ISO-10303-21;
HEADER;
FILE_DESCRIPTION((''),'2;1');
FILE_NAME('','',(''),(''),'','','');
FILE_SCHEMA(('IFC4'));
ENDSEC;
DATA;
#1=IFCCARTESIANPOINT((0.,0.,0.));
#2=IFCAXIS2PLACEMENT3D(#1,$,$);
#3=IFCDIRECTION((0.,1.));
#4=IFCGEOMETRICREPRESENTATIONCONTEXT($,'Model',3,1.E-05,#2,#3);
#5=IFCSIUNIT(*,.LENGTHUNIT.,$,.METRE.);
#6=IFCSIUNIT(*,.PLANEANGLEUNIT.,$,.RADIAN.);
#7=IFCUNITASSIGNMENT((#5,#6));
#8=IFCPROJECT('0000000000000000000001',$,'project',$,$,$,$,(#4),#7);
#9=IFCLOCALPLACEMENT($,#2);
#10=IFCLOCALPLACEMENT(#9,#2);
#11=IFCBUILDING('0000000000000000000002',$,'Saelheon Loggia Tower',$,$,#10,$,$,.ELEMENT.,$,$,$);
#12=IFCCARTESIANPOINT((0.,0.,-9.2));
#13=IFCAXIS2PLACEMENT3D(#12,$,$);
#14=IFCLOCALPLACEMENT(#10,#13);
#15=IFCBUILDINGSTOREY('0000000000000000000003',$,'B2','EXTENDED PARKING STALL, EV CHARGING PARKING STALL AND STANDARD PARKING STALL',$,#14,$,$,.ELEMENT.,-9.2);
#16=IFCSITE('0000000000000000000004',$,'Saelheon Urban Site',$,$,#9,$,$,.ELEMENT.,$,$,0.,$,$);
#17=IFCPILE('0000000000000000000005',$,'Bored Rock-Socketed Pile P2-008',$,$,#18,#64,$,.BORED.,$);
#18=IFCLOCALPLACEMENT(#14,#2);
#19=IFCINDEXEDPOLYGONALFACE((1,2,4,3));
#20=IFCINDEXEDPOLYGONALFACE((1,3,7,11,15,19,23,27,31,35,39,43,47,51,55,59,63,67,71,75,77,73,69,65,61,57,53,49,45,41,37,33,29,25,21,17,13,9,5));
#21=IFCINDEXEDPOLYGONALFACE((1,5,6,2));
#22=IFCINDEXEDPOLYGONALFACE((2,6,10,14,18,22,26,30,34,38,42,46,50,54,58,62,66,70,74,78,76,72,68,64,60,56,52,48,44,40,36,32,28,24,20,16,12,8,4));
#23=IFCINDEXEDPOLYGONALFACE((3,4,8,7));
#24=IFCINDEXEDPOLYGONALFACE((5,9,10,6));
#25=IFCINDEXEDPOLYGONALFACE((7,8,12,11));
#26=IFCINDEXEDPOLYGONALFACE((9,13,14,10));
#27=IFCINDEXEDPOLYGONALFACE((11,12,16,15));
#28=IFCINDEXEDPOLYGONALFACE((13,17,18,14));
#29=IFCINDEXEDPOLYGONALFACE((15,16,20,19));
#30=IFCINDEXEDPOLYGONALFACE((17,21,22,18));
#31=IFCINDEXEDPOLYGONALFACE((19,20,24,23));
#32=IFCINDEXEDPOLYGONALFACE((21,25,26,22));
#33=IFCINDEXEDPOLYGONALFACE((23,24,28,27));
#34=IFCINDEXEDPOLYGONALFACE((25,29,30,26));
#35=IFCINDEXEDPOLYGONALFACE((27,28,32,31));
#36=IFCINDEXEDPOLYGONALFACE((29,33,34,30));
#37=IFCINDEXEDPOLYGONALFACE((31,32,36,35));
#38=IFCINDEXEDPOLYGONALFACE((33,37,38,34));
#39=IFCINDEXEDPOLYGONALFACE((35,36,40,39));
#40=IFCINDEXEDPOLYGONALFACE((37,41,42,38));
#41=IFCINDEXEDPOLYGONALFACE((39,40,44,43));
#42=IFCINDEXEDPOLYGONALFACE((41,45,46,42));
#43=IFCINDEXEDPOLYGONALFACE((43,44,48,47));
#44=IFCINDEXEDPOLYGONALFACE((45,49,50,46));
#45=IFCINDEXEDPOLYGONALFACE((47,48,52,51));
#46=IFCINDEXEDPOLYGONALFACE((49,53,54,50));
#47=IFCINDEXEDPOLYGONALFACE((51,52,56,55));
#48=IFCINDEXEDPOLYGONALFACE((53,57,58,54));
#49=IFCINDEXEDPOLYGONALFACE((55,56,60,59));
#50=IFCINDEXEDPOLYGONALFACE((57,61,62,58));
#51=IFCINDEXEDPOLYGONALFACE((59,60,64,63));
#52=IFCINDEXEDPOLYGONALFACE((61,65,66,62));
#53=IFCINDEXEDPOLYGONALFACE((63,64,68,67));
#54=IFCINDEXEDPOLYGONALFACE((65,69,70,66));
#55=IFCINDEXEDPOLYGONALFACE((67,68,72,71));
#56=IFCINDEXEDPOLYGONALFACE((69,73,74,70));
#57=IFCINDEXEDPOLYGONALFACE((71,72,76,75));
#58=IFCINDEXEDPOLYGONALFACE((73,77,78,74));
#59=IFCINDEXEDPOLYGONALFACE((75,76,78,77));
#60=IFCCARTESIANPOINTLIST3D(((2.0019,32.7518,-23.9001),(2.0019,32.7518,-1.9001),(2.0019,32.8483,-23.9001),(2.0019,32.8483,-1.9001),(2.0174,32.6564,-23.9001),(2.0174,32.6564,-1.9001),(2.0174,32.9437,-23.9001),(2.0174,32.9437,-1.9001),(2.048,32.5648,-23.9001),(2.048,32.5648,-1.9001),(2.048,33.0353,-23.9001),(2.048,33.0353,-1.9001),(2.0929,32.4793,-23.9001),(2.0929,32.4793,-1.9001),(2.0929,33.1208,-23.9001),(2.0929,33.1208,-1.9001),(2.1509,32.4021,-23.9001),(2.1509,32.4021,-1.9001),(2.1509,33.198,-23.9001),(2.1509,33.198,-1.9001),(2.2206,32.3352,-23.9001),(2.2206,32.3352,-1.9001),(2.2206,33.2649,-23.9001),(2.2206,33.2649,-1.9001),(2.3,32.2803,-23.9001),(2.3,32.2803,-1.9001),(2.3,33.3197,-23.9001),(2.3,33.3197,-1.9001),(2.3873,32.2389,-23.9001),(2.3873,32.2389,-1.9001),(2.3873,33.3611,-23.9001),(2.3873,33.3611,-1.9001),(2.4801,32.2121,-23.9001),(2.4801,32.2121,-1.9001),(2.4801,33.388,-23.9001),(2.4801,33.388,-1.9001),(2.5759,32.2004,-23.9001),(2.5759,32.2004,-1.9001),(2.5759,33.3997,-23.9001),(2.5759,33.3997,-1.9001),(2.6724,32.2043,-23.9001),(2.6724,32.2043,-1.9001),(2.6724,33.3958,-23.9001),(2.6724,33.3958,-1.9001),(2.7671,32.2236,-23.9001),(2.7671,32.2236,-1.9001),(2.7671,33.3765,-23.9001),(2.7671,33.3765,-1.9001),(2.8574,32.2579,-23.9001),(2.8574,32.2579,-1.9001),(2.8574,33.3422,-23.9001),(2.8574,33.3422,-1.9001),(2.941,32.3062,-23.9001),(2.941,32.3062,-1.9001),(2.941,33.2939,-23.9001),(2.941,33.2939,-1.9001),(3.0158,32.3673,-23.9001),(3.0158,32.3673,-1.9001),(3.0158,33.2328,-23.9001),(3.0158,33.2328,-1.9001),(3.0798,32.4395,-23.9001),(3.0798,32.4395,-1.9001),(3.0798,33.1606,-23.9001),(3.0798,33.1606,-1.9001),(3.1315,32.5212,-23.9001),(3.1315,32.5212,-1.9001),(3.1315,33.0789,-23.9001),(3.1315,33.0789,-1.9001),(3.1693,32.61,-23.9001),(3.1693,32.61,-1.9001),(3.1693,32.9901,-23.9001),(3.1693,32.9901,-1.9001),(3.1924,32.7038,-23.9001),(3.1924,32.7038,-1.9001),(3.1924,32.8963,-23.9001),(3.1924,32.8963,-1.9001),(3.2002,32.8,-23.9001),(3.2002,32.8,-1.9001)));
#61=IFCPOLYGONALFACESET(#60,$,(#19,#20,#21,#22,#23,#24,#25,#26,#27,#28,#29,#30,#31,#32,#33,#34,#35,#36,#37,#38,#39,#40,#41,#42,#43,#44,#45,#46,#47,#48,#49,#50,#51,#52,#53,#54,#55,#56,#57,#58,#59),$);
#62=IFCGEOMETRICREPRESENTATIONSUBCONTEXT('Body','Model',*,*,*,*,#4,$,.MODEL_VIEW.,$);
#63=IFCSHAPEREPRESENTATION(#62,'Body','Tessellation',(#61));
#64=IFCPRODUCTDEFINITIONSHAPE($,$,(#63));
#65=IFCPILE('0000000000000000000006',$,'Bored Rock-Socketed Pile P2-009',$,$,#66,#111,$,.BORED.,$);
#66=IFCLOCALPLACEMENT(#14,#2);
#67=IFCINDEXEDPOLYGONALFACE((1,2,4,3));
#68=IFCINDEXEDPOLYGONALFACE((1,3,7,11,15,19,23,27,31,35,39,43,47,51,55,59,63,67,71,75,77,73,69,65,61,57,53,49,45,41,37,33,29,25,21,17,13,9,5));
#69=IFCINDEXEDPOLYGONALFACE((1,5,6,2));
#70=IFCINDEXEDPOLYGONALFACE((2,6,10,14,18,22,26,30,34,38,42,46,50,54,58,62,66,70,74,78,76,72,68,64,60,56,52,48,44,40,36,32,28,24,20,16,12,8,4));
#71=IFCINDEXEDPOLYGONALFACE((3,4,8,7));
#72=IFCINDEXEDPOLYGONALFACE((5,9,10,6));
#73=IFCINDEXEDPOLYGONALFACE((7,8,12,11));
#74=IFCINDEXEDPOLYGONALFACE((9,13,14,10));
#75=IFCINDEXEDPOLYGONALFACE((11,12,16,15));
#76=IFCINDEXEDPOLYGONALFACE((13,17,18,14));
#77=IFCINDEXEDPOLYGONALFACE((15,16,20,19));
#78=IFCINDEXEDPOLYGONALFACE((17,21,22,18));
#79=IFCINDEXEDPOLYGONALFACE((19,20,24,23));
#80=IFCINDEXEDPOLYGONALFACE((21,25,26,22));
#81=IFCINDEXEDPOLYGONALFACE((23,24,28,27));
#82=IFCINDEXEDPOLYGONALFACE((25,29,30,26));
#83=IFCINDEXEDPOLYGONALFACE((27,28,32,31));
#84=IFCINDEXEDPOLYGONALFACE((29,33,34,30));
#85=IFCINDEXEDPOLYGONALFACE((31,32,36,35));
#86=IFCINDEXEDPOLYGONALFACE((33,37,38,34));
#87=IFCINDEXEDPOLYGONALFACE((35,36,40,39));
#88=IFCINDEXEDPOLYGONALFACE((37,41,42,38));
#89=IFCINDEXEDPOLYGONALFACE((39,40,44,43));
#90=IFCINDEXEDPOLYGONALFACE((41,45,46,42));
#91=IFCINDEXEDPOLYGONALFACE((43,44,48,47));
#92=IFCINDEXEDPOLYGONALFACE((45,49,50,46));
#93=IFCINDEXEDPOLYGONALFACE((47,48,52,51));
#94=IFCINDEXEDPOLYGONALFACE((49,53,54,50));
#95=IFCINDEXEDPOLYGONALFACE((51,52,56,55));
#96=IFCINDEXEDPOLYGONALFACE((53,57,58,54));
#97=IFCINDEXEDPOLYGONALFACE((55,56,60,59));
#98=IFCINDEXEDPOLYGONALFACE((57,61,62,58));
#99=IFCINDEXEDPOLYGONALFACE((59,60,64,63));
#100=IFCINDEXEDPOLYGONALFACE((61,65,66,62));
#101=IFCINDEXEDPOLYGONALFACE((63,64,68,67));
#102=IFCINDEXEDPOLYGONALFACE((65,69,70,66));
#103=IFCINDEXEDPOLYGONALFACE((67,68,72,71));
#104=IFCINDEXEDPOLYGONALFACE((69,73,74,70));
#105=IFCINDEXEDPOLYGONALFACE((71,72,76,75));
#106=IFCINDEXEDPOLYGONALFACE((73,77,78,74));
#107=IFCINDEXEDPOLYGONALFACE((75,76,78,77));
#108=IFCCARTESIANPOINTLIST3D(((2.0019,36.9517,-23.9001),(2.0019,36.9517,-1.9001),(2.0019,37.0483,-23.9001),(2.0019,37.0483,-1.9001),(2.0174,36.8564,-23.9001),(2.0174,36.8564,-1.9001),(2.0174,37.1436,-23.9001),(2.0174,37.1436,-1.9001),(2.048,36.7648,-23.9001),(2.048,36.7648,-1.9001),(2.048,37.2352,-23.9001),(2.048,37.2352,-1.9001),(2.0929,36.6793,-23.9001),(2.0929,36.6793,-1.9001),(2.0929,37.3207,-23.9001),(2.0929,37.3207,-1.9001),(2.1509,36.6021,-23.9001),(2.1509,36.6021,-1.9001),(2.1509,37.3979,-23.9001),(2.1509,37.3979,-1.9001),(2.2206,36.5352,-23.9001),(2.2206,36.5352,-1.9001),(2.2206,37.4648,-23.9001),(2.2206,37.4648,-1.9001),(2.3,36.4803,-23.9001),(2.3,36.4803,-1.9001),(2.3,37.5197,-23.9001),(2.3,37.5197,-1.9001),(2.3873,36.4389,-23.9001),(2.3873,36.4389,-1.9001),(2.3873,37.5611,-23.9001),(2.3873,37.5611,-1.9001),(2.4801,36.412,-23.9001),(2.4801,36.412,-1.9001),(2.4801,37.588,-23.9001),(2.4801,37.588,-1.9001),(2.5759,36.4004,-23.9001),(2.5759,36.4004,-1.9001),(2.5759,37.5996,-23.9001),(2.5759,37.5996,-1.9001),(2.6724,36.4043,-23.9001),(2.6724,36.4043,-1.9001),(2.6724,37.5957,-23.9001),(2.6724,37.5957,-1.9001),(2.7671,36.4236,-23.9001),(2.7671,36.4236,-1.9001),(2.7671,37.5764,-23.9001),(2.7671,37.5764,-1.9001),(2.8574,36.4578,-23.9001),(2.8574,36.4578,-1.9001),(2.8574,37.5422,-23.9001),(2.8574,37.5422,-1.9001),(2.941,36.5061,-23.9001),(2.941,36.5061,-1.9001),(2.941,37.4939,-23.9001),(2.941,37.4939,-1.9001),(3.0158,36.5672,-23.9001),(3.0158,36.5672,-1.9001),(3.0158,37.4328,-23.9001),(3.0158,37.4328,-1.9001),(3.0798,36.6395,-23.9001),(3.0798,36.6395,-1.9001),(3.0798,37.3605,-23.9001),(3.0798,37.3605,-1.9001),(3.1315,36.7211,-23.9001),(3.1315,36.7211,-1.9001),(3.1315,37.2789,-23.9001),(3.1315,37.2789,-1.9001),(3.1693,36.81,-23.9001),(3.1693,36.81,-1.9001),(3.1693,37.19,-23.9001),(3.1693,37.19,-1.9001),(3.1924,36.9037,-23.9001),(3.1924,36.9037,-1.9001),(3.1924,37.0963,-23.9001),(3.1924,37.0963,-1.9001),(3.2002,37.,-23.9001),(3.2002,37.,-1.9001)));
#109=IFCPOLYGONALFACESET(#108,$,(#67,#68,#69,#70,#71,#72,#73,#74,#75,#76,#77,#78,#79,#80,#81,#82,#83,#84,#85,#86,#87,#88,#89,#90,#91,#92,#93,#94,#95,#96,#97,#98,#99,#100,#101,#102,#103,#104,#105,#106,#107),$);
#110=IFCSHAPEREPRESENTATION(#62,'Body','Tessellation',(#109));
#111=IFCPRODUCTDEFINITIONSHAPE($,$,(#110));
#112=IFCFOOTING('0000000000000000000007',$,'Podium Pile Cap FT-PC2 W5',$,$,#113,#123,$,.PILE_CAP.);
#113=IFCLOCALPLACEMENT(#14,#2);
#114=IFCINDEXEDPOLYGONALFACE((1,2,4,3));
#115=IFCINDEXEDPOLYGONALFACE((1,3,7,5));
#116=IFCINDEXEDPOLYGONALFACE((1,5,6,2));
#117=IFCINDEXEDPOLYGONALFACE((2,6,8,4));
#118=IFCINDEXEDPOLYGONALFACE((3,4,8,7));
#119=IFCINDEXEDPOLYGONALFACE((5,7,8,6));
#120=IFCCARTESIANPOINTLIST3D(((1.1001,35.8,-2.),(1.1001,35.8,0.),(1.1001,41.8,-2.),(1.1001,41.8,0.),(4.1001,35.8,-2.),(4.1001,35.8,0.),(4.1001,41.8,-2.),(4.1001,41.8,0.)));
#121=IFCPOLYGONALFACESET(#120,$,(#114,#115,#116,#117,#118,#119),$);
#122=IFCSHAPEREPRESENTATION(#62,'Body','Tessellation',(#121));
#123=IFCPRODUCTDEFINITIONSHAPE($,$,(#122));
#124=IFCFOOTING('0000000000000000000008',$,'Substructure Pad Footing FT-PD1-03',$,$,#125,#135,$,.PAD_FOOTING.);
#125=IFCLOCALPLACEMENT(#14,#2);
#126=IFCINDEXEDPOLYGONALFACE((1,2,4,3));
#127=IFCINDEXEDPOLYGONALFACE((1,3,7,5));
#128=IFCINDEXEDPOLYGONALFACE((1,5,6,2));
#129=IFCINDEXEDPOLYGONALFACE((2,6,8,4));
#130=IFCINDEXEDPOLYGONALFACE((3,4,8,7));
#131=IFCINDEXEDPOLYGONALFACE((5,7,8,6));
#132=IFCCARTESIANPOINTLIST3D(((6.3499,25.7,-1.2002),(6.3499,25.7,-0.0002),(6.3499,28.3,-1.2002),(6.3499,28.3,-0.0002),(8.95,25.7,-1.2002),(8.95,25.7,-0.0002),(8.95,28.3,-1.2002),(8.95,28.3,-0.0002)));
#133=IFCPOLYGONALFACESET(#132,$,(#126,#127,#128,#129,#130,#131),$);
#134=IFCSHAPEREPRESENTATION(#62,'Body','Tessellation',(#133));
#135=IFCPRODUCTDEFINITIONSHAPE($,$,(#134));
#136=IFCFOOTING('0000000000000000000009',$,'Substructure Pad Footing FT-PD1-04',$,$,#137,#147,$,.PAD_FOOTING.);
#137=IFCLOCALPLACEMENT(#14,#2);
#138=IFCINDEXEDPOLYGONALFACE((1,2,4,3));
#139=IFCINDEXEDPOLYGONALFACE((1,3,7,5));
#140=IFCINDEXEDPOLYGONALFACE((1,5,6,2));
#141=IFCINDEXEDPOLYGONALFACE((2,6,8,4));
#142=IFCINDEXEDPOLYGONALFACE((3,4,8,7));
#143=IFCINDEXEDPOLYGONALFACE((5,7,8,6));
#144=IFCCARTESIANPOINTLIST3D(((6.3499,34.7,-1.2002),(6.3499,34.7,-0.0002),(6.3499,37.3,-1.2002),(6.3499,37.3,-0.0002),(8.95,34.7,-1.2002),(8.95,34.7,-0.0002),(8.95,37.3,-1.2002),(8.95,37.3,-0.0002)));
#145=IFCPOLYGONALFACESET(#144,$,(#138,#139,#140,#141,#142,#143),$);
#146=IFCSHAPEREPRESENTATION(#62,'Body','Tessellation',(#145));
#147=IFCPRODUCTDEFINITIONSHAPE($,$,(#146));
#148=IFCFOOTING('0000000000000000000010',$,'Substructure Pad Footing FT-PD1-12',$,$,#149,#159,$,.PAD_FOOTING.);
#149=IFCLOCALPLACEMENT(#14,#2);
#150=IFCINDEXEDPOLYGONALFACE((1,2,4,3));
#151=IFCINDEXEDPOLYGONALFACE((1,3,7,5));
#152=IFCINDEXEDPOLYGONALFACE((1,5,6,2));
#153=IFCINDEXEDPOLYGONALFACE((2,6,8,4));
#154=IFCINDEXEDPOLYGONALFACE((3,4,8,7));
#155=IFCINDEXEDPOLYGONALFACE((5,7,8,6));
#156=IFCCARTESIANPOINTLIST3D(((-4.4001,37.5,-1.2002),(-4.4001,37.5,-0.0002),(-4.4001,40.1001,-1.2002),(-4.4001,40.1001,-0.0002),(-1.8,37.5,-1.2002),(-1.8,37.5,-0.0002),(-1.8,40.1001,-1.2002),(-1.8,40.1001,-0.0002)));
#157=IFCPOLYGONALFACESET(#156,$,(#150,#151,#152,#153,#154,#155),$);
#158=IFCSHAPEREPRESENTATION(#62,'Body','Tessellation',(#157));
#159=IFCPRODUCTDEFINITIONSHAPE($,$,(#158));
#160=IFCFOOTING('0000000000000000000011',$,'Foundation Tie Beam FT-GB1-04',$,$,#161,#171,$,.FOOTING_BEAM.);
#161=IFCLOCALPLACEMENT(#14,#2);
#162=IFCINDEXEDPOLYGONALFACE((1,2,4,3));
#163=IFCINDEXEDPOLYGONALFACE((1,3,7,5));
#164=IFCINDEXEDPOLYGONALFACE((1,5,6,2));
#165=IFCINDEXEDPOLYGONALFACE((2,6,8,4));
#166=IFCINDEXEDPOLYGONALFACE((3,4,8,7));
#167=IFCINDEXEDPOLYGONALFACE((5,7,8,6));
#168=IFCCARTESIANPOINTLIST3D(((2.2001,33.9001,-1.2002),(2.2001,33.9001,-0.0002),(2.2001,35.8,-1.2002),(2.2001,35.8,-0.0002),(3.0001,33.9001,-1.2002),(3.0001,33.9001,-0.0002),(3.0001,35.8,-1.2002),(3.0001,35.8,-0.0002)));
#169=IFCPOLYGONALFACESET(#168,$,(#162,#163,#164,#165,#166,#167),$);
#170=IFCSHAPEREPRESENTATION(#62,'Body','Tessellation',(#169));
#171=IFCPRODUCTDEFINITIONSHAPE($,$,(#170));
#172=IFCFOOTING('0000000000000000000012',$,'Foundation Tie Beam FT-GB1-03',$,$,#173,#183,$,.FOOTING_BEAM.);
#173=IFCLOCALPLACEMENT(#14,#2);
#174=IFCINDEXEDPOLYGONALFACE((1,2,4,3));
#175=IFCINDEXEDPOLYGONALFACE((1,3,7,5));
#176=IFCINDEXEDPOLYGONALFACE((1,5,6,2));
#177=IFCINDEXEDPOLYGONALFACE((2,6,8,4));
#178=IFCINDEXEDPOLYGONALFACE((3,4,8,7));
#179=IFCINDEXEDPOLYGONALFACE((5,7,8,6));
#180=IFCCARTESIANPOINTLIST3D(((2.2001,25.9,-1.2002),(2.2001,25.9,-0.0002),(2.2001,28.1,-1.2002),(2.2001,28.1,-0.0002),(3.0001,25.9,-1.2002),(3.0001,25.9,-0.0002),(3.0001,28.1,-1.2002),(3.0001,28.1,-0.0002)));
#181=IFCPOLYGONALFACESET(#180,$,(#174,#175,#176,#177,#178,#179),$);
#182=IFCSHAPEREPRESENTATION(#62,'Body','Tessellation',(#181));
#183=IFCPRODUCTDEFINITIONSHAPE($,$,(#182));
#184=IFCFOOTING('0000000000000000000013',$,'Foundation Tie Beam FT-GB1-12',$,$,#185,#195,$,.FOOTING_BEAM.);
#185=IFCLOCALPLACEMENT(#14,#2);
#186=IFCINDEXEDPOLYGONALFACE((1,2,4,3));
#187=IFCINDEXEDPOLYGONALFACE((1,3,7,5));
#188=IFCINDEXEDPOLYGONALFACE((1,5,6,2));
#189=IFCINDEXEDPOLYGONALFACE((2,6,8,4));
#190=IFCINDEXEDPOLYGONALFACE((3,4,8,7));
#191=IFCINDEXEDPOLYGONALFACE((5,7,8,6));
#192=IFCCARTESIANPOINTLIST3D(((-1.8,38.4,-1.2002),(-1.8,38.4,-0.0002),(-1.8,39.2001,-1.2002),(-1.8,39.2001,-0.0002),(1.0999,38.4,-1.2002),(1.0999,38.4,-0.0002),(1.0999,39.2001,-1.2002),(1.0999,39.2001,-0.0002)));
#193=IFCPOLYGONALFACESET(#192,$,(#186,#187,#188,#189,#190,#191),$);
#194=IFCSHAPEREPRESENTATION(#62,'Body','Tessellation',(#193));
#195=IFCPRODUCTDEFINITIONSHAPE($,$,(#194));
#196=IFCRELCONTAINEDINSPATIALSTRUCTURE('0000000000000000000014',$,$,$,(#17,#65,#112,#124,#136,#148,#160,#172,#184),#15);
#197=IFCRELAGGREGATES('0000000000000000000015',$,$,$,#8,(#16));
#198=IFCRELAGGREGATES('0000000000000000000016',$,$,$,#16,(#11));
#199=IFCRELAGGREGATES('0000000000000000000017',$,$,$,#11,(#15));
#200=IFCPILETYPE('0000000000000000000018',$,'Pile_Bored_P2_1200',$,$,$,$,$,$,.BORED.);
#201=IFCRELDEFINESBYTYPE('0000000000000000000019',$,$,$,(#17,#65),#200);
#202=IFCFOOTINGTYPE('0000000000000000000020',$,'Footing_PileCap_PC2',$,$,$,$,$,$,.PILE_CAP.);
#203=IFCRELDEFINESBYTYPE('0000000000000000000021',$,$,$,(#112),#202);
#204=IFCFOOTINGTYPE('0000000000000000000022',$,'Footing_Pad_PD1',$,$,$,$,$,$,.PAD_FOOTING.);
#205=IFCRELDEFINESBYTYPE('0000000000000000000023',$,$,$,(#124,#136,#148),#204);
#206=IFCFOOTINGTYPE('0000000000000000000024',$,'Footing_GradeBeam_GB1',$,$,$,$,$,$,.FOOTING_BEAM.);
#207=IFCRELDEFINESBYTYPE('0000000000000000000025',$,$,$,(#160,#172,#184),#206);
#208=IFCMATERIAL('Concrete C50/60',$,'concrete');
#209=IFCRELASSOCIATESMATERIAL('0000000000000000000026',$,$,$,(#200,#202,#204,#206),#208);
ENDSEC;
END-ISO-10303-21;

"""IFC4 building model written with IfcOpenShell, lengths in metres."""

from ifc_helpers import new_model, si_unit, direction, frame, origin, origin_2d, place, context, subcontext, project, spatial, rectangle, circle, extrude, source, transform, mapped, material, material_profile, profile_set, type_object, element, save


model = new_model("IFC4")

# Units and contexts
model_context = context("Model", 3, precision=1e-05, world=origin(), true_north=direction((0.0, 1.0)))
body_context = subcontext(model_context, "Body", "Model", "MODEL_VIEW")
ifc_project = project(units=[si_unit("LENGTHUNIT", "METRE"), si_unit("PLANEANGLEUNIT", "RADIAN")], contexts=[model_context])

# Site, building, storey
site_placement = place(None, origin())
site = spatial("IfcSite", under=ifc_project, at=site_placement, Name="Saelheon Urban Site", CompositionType="ELEMENT", RefElevation=0.0)
building_placement = place(site_placement, origin())
building = spatial("IfcBuilding", under=site, at=building_placement, Name="Saelheon Loggia Tower", CompositionType="ELEMENT")
storey_placement = place(building_placement, frame((0.0, 0.0, -9.2)))
storey = spatial("IfcBuildingStorey", under=building, at=storey_placement, Name="B2", Description="EXTENDED PARKING STALL, EV CHARGING PARKING STALL AND STANDARD PARKING STALL", CompositionType="ELEMENT", Elevation=-9.2)

# Shared definitions
ifc_material_1 = material(Name="Concrete C50/60", Category="concrete")

# Piles
ifc_material_profile_1 = material_profile(ifc_material_1, circle(Radius=0.6001, at=origin_2d()), Name="CIRC-1200")
ifc_profile_set_1 = profile_set([ifc_material_profile_1], Name="Concrete C50/60")
pile_type_1 = type_object("IfcPileType", Name="Pile_Bored_P2_1200", PredefinedType="BORED", material=ifc_profile_set_1)
shared_shape_1 = source(origin(), body_context, "Body", "SweptSolid", [
    extrude(circle(Radius=0.6001, at=origin_2d()), origin(), (0.0, 0.0, 1.0), 22.0),
])
for number, where, z_axis, x_axis, name in (
    (1, (2.6001, 32.8, -1.9001), (0.0, 0.0, -1.0), (1.0, 0.0, 0.0), "Bored Rock-Socketed Pile P2-008"),
    (2, (2.6001, 37.0, -1.9001), (0.0, 0.0, -1.0), (1.0, 0.0, 0.0), "Bored Rock-Socketed Pile P2-009"),
):
    element("IfcPile", number, at=place(storey_placement, frame(where, z_axis=z_axis, x_axis=x_axis)), inside=storey, type_object=pile_type_1, Name=name, PredefinedType="BORED", context=body_context, shape_type="MappedRepresentation", body=[
        mapped(shared_shape_1, transform((0.0, 0.0, 0.0), scale=1.0)),
    ])

# Footings
footing_type_1 = type_object("IfcFootingType", Name="Footing_PileCap_PC2", PredefinedType="PILE_CAP", material=ifc_material_1)
shared_shape_2 = source(origin(), body_context, "Body", "SweptSolid", [
    extrude(rectangle(XDim=3.0, YDim=6.0, at=origin_2d()), origin(), (0.0, 0.0, 1.0), 2.0),
])
footing_1_placement = place(storey_placement, frame((2.6001, 38.8, -2.0), z_axis=(0.0, 0.0, 1.0), x_axis=(1.0, 0.0, 0.0)))
element("IfcFooting", 3, at=footing_1_placement, inside=storey, type_object=footing_type_1, Name="Podium Pile Cap FT-PC2 W5", PredefinedType="PILE_CAP", context=body_context, shape_type="MappedRepresentation", body=[
    mapped(shared_shape_2, transform((0.0, 0.0, 0.0), scale=1.0)),
])
footing_type_2 = type_object("IfcFootingType", Name="Footing_Pad_PD1", PredefinedType="PAD_FOOTING", material=ifc_material_1)
shared_shape_3 = source(origin(), body_context, "Body", "SweptSolid", [
    extrude(rectangle(XDim=2.6001, YDim=2.6001, at=origin_2d()), origin(), (0.0, 0.0, 1.0), 1.2),
])
for number, where, z_axis, x_axis, name in (
    (4, (7.6499, 27.0, -1.2002), (0.0, 0.0, 1.0), (1.0, 0.0, 0.0), "Substructure Pad Footing FT-PD1-03"),
    (5, (7.6499, 36.0, -1.2002), (0.0, 0.0, 1.0), (1.0, 0.0, 0.0), "Substructure Pad Footing FT-PD1-04"),
    (6, (-3.1001, 38.8, -1.2002), (0.0, 0.0, 1.0), (1.0, 0.0, 0.0), "Substructure Pad Footing FT-PD1-12"),
):
    element("IfcFooting", number, at=place(storey_placement, frame(where, z_axis=z_axis, x_axis=x_axis)), inside=storey, type_object=footing_type_2, Name=name, PredefinedType="PAD_FOOTING", context=body_context, shape_type="MappedRepresentation", body=[
        mapped(shared_shape_3, transform((0.0, 0.0, 0.0), scale=1.0)),
    ])
footing_type_3 = type_object("IfcFootingType", Name="Footing_GradeBeam_GB1", PredefinedType="FOOTING_BEAM", material=ifc_material_1)
shared_shape_4 = source(origin(), body_context, "Body", "SweptSolid", [
    extrude(rectangle(XDim=0.8, YDim=1.8999, at=origin_2d()), origin(), (0.0, 0.0, 1.0), 1.2),
])
footing_2_placement = place(storey_placement, frame((2.6001, 34.8501, -1.2002), z_axis=(0.0, 0.0, 1.0), x_axis=(1.0, 0.0, 0.0)))
element("IfcFooting", 7, at=footing_2_placement, inside=storey, type_object=footing_type_3, Name="Foundation Tie Beam FT-GB1-04", PredefinedType="FOOTING_BEAM", context=body_context, shape_type="MappedRepresentation", body=[
    mapped(shared_shape_4, transform((0.0, 0.0, 0.0), scale=1.0)),
])
shared_shape_5 = source(origin(), body_context, "Body", "SweptSolid", [
    extrude(rectangle(XDim=0.8, YDim=2.2, at=origin_2d()), origin(), (0.0, 0.0, 1.0), 1.2),
])
footing_3_placement = place(storey_placement, frame((2.6001, 27.0, -1.2002), z_axis=(0.0, 0.0, 1.0), x_axis=(1.0, 0.0, 0.0)))
element("IfcFooting", 8, at=footing_3_placement, inside=storey, type_object=footing_type_3, Name="Foundation Tie Beam FT-GB1-03", PredefinedType="FOOTING_BEAM", context=body_context, shape_type="MappedRepresentation", body=[
    mapped(shared_shape_5, transform((0.0, 0.0, 0.0), scale=1.0)),
])
shared_shape_6 = source(origin(), body_context, "Body", "SweptSolid", [
    extrude(rectangle(XDim=2.8999, YDim=0.8, at=origin_2d()), origin(), (0.0, 0.0, 1.0), 1.2),
])
footing_4_placement = place(storey_placement, frame((-0.3501, 38.8, -1.2002), z_axis=(0.0, 0.0, 1.0), x_axis=(1.0, 0.0, 0.0)))
element("IfcFooting", 9, at=footing_4_placement, inside=storey, type_object=footing_type_3, Name="Foundation Tie Beam FT-GB1-12", PredefinedType="FOOTING_BEAM", context=body_context, shape_type="MappedRepresentation", body=[
    mapped(shared_shape_6, transform((0.0, 0.0, 0.0), scale=1.0)),
])

save(model, "model.ifc")
